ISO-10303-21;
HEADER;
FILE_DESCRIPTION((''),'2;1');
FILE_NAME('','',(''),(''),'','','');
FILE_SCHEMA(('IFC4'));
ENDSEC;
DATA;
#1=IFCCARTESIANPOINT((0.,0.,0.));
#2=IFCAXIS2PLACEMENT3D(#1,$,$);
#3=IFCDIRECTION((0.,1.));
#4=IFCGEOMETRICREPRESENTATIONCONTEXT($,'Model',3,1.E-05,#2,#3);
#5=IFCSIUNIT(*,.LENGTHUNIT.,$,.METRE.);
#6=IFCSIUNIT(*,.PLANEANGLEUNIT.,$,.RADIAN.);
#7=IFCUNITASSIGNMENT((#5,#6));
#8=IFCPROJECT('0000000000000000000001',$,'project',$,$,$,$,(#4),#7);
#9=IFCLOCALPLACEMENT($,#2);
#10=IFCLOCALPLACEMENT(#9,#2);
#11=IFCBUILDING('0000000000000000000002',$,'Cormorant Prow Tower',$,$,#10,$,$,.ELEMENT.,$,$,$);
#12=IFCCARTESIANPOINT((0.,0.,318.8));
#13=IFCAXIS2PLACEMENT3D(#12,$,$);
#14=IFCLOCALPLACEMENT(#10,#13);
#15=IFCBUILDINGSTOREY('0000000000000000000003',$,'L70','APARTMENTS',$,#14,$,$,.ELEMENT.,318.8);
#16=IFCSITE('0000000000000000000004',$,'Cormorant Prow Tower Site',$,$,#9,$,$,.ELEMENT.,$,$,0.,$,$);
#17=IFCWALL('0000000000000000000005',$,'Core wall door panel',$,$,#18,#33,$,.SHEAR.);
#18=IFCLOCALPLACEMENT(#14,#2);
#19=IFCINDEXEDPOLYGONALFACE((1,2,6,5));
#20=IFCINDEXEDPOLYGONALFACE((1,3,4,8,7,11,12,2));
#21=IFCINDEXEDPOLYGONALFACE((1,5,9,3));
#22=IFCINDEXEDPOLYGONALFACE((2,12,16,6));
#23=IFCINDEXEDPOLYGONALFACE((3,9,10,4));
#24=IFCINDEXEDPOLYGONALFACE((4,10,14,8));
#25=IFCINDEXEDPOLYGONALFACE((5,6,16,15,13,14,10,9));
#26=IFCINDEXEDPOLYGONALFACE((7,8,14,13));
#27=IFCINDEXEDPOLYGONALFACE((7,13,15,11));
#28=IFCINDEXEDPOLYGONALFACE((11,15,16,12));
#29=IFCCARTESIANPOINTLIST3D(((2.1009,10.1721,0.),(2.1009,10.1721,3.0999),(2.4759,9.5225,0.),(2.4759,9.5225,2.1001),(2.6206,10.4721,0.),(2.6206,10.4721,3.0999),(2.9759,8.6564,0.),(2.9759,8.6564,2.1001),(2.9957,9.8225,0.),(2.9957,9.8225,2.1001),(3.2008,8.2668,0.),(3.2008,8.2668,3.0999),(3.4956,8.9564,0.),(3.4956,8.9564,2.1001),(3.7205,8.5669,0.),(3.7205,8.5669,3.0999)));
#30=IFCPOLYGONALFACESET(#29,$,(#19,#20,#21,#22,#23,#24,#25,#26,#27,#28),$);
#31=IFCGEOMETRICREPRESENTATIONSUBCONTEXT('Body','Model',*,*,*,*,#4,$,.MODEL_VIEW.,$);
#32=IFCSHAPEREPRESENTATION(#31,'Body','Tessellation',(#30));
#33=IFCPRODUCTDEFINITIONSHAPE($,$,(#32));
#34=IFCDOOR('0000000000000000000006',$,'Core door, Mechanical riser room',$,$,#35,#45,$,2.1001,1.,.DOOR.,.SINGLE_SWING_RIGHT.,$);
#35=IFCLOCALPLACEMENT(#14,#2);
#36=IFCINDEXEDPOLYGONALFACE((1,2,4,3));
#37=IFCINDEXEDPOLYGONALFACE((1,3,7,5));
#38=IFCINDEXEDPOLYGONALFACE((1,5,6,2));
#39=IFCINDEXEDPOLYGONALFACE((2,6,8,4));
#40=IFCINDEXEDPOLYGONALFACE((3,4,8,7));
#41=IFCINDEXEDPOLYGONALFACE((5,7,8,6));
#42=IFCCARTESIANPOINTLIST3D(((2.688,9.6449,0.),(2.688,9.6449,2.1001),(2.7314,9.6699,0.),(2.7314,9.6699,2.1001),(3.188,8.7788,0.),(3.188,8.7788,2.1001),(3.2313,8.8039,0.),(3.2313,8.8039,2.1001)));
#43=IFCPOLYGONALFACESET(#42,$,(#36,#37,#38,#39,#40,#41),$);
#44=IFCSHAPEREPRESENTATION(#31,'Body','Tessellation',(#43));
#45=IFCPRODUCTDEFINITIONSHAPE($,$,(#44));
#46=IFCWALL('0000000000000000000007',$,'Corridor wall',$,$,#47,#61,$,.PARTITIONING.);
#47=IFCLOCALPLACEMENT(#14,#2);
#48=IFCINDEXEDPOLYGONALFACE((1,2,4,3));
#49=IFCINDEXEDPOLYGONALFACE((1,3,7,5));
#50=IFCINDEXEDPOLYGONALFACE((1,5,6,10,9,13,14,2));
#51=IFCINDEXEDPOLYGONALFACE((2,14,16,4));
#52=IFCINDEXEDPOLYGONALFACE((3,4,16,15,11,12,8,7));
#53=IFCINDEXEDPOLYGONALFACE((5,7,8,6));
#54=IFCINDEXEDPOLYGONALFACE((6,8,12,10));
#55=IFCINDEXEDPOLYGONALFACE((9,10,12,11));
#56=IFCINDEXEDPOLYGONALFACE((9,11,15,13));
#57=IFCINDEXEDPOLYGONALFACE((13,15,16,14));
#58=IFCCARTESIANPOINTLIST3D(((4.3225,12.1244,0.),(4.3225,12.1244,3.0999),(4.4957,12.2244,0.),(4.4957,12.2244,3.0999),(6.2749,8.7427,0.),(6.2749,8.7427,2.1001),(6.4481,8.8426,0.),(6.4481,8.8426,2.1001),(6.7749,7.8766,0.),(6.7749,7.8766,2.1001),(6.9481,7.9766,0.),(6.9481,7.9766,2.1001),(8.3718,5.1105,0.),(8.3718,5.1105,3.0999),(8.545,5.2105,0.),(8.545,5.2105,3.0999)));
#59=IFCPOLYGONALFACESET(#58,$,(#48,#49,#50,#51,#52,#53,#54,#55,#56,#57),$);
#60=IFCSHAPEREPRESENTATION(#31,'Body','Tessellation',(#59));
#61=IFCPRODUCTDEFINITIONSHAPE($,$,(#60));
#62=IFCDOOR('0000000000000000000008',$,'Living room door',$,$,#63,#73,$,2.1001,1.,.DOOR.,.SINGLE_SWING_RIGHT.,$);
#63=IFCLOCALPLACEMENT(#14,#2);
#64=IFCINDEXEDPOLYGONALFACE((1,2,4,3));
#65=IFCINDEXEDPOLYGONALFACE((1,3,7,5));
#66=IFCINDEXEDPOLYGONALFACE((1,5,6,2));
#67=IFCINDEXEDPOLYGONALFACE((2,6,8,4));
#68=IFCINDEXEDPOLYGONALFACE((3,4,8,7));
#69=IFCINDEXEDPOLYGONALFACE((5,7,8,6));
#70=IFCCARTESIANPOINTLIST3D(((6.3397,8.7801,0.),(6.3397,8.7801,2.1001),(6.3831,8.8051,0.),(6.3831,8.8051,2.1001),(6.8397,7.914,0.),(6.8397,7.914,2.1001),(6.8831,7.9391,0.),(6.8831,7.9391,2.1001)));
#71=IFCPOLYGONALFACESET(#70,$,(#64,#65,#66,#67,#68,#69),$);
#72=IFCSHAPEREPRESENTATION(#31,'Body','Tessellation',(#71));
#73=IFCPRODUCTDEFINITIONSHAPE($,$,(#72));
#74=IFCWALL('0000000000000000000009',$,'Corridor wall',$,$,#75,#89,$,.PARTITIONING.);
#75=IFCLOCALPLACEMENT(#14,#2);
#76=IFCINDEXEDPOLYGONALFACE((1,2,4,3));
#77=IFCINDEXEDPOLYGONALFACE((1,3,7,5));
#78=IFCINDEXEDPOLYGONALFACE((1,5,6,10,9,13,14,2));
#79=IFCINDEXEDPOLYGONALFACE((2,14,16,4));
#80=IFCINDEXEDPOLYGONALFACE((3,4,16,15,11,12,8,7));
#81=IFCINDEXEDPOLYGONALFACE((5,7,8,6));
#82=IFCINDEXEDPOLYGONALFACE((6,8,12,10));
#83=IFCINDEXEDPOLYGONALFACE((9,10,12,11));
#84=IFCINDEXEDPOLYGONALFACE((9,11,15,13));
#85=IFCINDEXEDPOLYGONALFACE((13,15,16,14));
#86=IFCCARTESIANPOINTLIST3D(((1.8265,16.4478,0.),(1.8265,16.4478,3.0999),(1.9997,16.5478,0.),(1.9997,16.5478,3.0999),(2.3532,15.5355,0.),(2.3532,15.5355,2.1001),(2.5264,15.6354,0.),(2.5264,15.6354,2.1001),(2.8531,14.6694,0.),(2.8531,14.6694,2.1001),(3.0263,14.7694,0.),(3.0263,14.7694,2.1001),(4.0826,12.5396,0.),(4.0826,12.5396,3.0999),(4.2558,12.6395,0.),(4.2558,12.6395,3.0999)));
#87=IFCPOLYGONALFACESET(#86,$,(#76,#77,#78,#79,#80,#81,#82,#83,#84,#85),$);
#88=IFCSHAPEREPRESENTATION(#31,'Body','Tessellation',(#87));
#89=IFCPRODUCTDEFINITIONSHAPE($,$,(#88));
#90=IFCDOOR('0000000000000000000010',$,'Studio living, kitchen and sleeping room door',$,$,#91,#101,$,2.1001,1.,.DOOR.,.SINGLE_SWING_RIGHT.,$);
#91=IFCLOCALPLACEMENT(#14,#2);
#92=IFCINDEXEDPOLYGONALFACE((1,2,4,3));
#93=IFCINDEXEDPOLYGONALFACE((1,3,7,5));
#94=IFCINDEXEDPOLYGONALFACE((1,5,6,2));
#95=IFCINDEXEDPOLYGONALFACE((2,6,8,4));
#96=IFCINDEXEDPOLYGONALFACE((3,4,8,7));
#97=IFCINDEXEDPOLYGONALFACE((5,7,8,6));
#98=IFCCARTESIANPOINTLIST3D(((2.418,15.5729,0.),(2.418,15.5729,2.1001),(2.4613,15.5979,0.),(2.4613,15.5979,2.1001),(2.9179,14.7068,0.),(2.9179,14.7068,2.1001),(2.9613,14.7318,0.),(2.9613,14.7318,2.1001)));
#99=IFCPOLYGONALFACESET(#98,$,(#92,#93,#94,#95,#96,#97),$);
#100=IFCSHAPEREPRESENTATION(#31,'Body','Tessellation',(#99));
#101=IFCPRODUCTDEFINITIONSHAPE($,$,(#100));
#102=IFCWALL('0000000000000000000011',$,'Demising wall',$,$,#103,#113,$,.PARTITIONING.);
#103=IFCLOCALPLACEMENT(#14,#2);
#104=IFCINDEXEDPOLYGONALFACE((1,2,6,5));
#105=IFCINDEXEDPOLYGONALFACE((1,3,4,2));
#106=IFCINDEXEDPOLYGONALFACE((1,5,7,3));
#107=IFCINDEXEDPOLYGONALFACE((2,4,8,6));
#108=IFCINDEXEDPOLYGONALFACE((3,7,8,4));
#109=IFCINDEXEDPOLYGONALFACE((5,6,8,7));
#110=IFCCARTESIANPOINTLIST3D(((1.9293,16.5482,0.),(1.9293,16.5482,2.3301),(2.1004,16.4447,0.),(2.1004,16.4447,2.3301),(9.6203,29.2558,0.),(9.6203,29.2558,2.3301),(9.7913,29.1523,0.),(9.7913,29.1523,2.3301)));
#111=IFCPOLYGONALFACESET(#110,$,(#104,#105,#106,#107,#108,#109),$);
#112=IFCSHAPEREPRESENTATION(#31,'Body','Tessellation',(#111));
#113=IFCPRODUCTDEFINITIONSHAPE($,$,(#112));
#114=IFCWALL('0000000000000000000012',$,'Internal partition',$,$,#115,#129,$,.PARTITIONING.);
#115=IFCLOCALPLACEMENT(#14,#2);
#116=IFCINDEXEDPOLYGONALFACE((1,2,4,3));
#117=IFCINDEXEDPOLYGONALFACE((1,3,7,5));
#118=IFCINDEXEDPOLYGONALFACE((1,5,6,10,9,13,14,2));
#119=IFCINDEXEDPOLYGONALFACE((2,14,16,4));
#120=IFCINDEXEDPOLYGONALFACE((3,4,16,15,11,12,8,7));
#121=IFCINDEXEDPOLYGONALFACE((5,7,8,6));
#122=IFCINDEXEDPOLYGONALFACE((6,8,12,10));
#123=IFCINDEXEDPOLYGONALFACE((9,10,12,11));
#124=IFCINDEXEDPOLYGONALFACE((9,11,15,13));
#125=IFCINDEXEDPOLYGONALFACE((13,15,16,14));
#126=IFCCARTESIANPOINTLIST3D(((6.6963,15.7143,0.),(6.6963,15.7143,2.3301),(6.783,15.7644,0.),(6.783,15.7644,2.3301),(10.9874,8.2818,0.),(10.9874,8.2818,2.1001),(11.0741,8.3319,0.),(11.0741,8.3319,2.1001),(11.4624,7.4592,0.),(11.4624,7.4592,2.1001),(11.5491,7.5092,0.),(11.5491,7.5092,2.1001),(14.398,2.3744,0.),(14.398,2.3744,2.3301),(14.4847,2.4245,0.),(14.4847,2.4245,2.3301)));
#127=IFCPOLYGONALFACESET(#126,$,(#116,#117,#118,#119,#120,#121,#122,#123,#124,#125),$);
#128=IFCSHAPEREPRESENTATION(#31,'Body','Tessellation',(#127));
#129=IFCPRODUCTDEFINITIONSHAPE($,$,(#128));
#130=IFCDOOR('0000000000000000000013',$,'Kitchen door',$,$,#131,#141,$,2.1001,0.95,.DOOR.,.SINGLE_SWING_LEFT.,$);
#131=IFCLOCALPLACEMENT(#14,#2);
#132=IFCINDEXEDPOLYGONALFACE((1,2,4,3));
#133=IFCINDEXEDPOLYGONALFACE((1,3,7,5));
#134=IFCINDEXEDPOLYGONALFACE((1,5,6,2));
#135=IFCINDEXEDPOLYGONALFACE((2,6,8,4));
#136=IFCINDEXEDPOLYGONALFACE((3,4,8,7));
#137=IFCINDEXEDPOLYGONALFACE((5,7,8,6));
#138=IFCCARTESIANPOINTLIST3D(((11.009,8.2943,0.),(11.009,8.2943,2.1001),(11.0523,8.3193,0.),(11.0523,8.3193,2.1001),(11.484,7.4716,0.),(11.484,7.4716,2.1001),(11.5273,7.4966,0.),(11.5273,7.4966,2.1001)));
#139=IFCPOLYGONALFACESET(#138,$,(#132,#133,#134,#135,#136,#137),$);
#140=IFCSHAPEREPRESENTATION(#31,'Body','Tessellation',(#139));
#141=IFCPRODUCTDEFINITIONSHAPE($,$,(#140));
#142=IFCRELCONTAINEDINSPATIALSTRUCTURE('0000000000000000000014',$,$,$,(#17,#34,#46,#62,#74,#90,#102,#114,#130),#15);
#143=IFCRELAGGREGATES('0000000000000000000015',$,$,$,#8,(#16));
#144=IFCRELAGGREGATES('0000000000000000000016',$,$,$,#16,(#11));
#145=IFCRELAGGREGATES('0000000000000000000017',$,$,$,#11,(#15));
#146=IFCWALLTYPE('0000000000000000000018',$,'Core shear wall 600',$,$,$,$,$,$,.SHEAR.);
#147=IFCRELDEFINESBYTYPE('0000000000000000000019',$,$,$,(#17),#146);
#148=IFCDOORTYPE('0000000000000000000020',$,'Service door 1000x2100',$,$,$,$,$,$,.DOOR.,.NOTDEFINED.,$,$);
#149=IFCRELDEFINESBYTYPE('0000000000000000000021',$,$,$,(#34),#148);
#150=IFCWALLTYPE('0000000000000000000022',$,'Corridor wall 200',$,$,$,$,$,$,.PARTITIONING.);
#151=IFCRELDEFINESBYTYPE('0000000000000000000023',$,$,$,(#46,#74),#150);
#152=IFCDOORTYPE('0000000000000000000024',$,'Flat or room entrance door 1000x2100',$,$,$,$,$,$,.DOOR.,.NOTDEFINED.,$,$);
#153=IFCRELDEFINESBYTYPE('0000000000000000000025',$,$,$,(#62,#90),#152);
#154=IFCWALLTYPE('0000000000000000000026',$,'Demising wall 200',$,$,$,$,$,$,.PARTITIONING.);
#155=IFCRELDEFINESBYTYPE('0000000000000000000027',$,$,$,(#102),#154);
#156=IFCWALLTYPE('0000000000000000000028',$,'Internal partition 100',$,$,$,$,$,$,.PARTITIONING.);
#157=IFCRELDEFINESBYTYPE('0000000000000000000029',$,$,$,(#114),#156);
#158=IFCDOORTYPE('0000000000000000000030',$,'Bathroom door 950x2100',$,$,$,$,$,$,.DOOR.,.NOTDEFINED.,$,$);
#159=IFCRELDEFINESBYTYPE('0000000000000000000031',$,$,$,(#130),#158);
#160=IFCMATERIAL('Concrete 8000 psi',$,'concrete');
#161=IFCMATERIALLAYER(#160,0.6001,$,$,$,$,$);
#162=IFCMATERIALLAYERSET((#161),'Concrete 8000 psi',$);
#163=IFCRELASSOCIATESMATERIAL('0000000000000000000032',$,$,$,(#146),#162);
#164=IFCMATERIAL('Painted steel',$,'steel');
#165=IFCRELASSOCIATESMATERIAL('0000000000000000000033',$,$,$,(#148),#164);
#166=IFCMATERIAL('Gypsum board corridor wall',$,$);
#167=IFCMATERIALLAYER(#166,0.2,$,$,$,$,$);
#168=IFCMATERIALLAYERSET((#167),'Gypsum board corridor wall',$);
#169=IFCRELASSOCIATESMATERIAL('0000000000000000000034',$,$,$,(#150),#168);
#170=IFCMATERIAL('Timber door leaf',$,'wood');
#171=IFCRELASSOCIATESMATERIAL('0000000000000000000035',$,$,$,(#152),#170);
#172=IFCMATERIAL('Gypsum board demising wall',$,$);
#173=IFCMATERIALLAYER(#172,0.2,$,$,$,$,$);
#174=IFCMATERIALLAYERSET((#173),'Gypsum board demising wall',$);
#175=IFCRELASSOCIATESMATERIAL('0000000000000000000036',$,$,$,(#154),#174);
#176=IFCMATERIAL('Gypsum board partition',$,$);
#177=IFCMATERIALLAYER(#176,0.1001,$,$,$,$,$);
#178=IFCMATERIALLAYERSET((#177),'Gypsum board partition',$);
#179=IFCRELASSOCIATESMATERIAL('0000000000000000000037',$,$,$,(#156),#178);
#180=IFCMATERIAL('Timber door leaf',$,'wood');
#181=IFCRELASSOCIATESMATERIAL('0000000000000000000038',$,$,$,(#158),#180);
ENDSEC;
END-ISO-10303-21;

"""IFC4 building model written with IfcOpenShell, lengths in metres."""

from ifc_helpers import new_model, si_unit, direction, frame, frame_2d, origin, place, context, subcontext, project, spatial, rectangle, extrude, material, layer, layer_set, type_object, element, fill, save


model = new_model("IFC4")

# Units and contexts
model_context = context("Model", 3, precision=1e-05, world=origin(), true_north=direction((0.0, 1.0)))
body_context = subcontext(model_context, "Body", "Model", "MODEL_VIEW")
ifc_project = project(units=[si_unit("LENGTHUNIT", "METRE"), si_unit("PLANEANGLEUNIT", "RADIAN")], contexts=[model_context])

# Site, building, storey
site_placement = place(None, origin())
site = spatial("IfcSite", under=ifc_project, at=site_placement, Name="Cormorant Prow Tower Site", CompositionType="ELEMENT", RefElevation=0.0)
building_placement = place(site_placement, origin())
building = spatial("IfcBuilding", under=site, at=building_placement, Name="Cormorant Prow Tower", CompositionType="ELEMENT")
storey_placement = place(building_placement, frame((0.0, 0.0, 318.8)))
storey = spatial("IfcBuildingStorey", under=building, at=storey_placement, Name="L70", Description="APARTMENTS", CompositionType="ELEMENT", Elevation=318.8)

# Shared definitions
ifc_material_1 = material(Name="Concrete 8000 psi", Category="concrete")
ifc_layer_1 = layer(ifc_material_1, 0.6001)
ifc_layer_set_1 = layer_set([ifc_layer_1], Name="Concrete 8000 psi")
wall_type_1 = type_object("IfcWallType", Name="Core shear wall 600", PredefinedType="SHEAR", material=ifc_layer_set_1)

# Walls, openings, doors
wall_1_placement = place(storey_placement, frame((3.4607, 8.4167, 0.0), z_axis=(0.0, 0.0, 1.0), x_axis=(-0.499947, 0.866056, 0.0)))
wall_1 = element("IfcWall", 1, at=wall_1_placement, inside=storey, type_object=wall_type_1, Name="Core wall door panel", PredefinedType="SHEAR", context=body_context, shape_type="SweptSolid", body=[
    extrude(rectangle(XDim=2.2, YDim=0.6001, at=frame_2d((1.1001, 0.0))), origin(), (0.0, 0.0, 1.0), 3.0999),
])
opening_1_placement = place(wall_1_placement, frame((0.45, 0.0, 0.0)))
opening_1 = element("IfcOpeningElement", 2, at=opening_1_placement, cuts=wall_1, PredefinedType="OPENING", context=body_context, shape_type="SweptSolid", body=[
    extrude(rectangle(XDim=1.0, YDim=2.1001, at=frame_2d((0.5, 1.05))), frame((0.0, 0.3101, 0.0), z_axis=(0.0, -1.0, 0.0), x_axis=(1.0, 0.0, 0.0)), (0.0, 0.0, 1.0), 0.6201),
])
ifc_material_2 = material(Name="Painted steel", Category="steel")
door_type_1 = type_object("IfcDoorType", Name="Service door 1000x2100", OperationType="NOTDEFINED", PredefinedType="DOOR", material=ifc_material_2)
door_1_placement = place(opening_1_placement, origin())
door_1 = element("IfcDoor", 3, at=door_1_placement, inside=storey, type_object=door_type_1, Name="Core door, Mechanical riser room", OperationType="SINGLE_SWING_RIGHT", OverallHeight=2.1001, OverallWidth=1.0, PredefinedType="DOOR", context=body_context, shape_type="SweptSolid", body=[
    extrude(rectangle(XDim=1.0, YDim=2.1001, at=frame_2d((0.5, 1.05))), frame((0.0, 0.0552, 0.0), z_axis=(0.0, -1.0, 0.0), x_axis=(1.0, 0.0, 0.0)), (0.0, 0.0, 1.0), 0.05),
])
fill(opening_1, door_1)
ifc_material_3 = material(Name="Gypsum board corridor wall")
ifc_layer_2 = layer(ifc_material_3, 0.2)
ifc_layer_set_2 = layer_set([ifc_layer_2], Name="Gypsum board corridor wall")
wall_type_2 = type_object("IfcWallType", Name="Corridor wall 200", PredefinedType="PARTITIONING", material=ifc_layer_set_2)
wall_2_placement = place(storey_placement, frame((4.4092, 12.1743, 0.0), z_axis=(0.0, 0.0, 1.0), x_axis=(0.499984, -0.866034, 0.0)))
wall_2 = element("IfcWall", 4, at=wall_2_placement, inside=storey, type_object=wall_type_2, Name="Corridor wall", PredefinedType="PARTITIONING", context=body_context, shape_type="SweptSolid", body=[
    extrude(rectangle(XDim=8.0989, YDim=0.2, at=frame_2d((4.0493, 0.0))), origin(), (0.0, 0.0, 1.0), 3.0999),
])
opening_2_placement = place(wall_2_placement, frame((3.9048, 0.0, 0.0)))
opening_2 = element("IfcOpeningElement", 5, at=opening_2_placement, cuts=wall_2, PredefinedType="OPENING", context=body_context, shape_type="SweptSolid", body=[
    extrude(rectangle(XDim=1.0, YDim=2.1001, at=frame_2d((0.5, 1.05))), frame((0.0, 0.1099, 0.0), z_axis=(0.0, -1.0, 0.0), x_axis=(1.0, 0.0, 0.0)), (0.0, 0.0, 1.0), 0.22),
])
ifc_material_4 = material(Name="Timber door leaf", Category="wood")
door_type_2 = type_object("IfcDoorType", Name="Flat or room entrance door 1000x2100", OperationType="NOTDEFINED", PredefinedType="DOOR", material=ifc_material_4)
door_2_placement = place(opening_2_placement, origin())
door_2 = element("IfcDoor", 6, at=door_2_placement, inside=storey, type_object=door_type_2, Name="Living room door", OperationType="SINGLE_SWING_RIGHT", OverallHeight=2.1001, OverallWidth=1.0, PredefinedType="DOOR", context=body_context, shape_type="SweptSolid", body=[
    extrude(rectangle(XDim=1.0, YDim=2.1001, at=frame_2d((0.5, 1.05))), frame((0.0, 0.0249, 0.0), z_axis=(0.0, -1.0, 0.0), x_axis=(1.0, 0.0, 0.0)), (0.0, 0.0, 1.0), 0.05),
])
fill(opening_2, door_2)
wall_3_placement = place(storey_placement, frame((1.9131, 16.4978, 0.0), z_axis=(0.0, 0.0, 1.0), x_axis=(0.49995, -0.866054, 0.0)))
wall_3 = element("IfcWall", 7, at=wall_3_placement, inside=storey, type_object=wall_type_2, Name="Corridor wall", PredefinedType="PARTITIONING", context=body_context, shape_type="SweptSolid", body=[
    extrude(rectangle(XDim=4.5127, YDim=0.2, at=frame_2d((2.2563, 0.0))), origin(), (0.0, 0.0, 1.0), 3.0999),
])
opening_3_placement = place(wall_3_placement, frame((1.0535, 0.0, 0.0)))
opening_3 = element("IfcOpeningElement", 8, at=opening_3_placement, cuts=wall_3, PredefinedType="OPENING", context=body_context, shape_type="SweptSolid", body=[
    extrude(rectangle(XDim=1.0, YDim=2.1001, at=frame_2d((0.5, 1.05))), frame((0.0, 0.1099, 0.0), z_axis=(0.0, -1.0, 0.0), x_axis=(1.0, 0.0, 0.0)), (0.0, 0.0, 1.0), 0.22),
])
door_3_placement = place(opening_3_placement, origin())
door_3 = element("IfcDoor", 9, at=door_3_placement, inside=storey, type_object=door_type_2, Name="Studio living, kitchen and sleeping room door", OperationType="SINGLE_SWING_RIGHT", OverallHeight=2.1001, OverallWidth=1.0, PredefinedType="DOOR", context=body_context, shape_type="SweptSolid", body=[
    extrude(rectangle(XDim=1.0, YDim=2.1001, at=frame_2d((0.5, 1.05))), frame((0.0, 0.0249, 0.0), z_axis=(0.0, -1.0, 0.0), x_axis=(1.0, 0.0, 0.0)), (0.0, 0.0, 1.0), 0.05),
])
fill(opening_3, door_3)

# Wall
ifc_material_5 = material(Name="Gypsum board demising wall")
ifc_layer_3 = layer(ifc_material_5, 0.2)
ifc_layer_set_3 = layer_set([ifc_layer_3], Name="Gypsum board demising wall")
wall_type_3 = type_object("IfcWallType", Name="Demising wall 200", PredefinedType="PARTITIONING", material=ifc_layer_set_3)
wall_4_placement = place(storey_placement, frame((2.0149, 16.4966, 0.0), z_axis=(0.0, 0.0, 1.0), x_axis=(0.517779, 0.855514, 0.0)))
element("IfcWall", 10, at=wall_4_placement, inside=storey, type_object=wall_type_3, Name="Demising wall", PredefinedType="PARTITIONING", context=body_context, shape_type="SweptSolid", body=[
    extrude(rectangle(XDim=14.8538, YDim=0.2, at=frame_2d((7.4268, 0.0))), origin(), (0.0, 0.0, 1.0), 2.3301),
])

# Wall, opening, door
ifc_material_6 = material(Name="Gypsum board partition")
ifc_layer_4 = layer(ifc_material_6, 0.1001)
ifc_layer_set_4 = layer_set([ifc_layer_4], Name="Gypsum board partition")
wall_type_4 = type_object("IfcWallType", Name="Internal partition 100", PredefinedType="PARTITIONING", material=ifc_layer_set_4)
wall_5_placement = place(storey_placement, frame((6.7397, 15.7393, 0.0), z_axis=(0.0, 0.0, 1.0), x_axis=(0.499995, -0.866028, 0.0)))
wall_5 = element("IfcWall", 11, at=wall_5_placement, inside=storey, type_object=wall_type_4, Name="Internal partition", PredefinedType="PARTITIONING", context=body_context, shape_type="SweptSolid", body=[
    extrude(rectangle(XDim=15.4036, YDim=0.1001, at=frame_2d((7.7017, 0.0))), origin(), (0.0, 0.0, 1.0), 2.3301),
])
opening_4_placement = place(wall_5_placement, frame((8.582, 0.0, 0.0)))
opening_4 = element("IfcOpeningElement", 12, at=opening_4_placement, cuts=wall_5, PredefinedType="OPENING", context=body_context, shape_type="SweptSolid", body=[
    extrude(rectangle(XDim=0.95, YDim=2.1001, at=frame_2d((0.4751, 1.05))), frame((0.0, 0.0601, 0.0), z_axis=(0.0, -1.0, 0.0), x_axis=(1.0, 0.0, 0.0)), (0.0, 0.0, 1.0), 0.1201),
])
ifc_material_7 = material(Name="Timber door leaf", Category="wood")
door_type_3 = type_object("IfcDoorType", Name="Bathroom door 950x2100", OperationType="NOTDEFINED", PredefinedType="DOOR", material=ifc_material_7)
door_4_placement = place(opening_4_placement, origin())
door_4 = element("IfcDoor", 13, at=door_4_placement, inside=storey, type_object=door_type_3, Name="Kitchen door", OperationType="SINGLE_SWING_LEFT", OverallHeight=2.1001, OverallWidth=0.95, PredefinedType="DOOR", context=body_context, shape_type="SweptSolid", body=[
    extrude(rectangle(XDim=0.95, YDim=2.1001, at=frame_2d((0.4751, 1.05))), frame((0.0, 0.0249, 0.0), z_axis=(0.0, -1.0, 0.0), x_axis=(1.0, 0.0, 0.0)), (0.0, 0.0, 1.0), 0.05),
])
fill(opening_4, door_4)

save(model, "model.ifc")
